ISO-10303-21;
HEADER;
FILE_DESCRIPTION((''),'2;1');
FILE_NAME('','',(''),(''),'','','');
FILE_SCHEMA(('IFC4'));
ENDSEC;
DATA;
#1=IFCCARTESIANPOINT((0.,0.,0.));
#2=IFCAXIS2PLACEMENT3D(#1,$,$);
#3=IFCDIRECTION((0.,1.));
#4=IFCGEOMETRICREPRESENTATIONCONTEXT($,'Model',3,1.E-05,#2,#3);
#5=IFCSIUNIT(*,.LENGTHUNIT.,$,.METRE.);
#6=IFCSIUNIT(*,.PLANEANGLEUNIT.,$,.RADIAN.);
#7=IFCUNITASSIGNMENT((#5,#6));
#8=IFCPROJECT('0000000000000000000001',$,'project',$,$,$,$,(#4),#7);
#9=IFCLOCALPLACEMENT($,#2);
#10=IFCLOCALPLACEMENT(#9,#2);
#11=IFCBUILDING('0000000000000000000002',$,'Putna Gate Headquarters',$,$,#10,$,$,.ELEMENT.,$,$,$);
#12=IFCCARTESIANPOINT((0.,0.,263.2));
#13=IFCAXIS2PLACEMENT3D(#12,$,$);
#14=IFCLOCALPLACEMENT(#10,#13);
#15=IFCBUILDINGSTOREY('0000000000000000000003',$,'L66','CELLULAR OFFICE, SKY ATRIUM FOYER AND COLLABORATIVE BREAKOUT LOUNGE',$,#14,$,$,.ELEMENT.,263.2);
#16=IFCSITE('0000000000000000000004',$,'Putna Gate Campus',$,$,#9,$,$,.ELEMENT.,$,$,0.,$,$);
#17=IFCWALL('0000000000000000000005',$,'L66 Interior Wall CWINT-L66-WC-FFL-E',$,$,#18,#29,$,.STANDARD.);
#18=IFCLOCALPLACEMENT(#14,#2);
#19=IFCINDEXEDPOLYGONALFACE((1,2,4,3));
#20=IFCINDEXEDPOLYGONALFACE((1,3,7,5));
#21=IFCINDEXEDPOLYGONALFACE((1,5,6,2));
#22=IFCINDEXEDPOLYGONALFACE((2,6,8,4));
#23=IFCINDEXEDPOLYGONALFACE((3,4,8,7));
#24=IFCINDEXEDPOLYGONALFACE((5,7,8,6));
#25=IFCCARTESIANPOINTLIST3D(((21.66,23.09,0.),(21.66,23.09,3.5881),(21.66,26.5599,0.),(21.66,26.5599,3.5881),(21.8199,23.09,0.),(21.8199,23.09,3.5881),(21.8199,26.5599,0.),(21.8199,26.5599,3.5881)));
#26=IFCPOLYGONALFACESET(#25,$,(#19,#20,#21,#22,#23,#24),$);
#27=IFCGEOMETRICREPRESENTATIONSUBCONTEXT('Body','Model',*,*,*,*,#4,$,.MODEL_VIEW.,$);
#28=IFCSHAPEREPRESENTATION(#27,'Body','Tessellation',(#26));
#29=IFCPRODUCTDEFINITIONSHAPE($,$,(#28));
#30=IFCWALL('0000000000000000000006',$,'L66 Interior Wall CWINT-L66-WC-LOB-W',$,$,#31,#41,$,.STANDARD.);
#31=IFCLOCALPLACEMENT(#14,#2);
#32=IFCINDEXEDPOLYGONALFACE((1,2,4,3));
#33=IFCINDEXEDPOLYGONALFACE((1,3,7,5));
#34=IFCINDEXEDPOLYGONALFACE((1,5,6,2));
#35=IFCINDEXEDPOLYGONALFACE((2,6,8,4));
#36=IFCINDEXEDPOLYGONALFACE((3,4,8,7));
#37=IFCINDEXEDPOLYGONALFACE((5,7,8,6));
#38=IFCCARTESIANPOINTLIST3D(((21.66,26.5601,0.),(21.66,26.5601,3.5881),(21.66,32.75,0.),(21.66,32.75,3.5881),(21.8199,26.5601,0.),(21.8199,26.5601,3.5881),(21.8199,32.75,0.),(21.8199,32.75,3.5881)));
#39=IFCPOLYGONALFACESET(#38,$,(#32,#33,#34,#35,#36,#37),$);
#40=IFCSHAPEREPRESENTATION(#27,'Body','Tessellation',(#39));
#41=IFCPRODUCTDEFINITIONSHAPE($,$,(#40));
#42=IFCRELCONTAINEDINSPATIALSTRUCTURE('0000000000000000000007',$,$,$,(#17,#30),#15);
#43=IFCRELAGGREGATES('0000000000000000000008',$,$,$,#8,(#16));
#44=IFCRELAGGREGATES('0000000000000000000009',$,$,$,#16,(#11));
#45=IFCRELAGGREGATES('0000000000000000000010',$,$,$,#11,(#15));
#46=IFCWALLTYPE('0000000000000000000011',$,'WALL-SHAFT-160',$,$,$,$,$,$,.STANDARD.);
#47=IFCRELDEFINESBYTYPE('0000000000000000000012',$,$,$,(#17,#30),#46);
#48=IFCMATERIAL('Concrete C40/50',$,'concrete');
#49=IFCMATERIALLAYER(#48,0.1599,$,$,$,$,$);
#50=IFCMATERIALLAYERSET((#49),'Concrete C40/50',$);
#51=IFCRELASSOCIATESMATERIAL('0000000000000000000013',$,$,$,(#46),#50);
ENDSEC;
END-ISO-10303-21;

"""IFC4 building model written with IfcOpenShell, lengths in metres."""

from ifc_helpers import new_model, si_unit, direction, frame, frame_2d, origin, place, context, subcontext, project, spatial, rectangle, extrude, material, layer, layer_set, type_object, element, save


model = new_model("IFC4")

# Units and contexts
model_context = context("Model", 3, precision=1e-05, world=origin(), true_north=direction((0.0, 1.0)))
body_context = subcontext(model_context, "Body", "Model", "MODEL_VIEW")
ifc_project = project(units=[si_unit("LENGTHUNIT", "METRE"), si_unit("PLANEANGLEUNIT", "RADIAN")], contexts=[model_context])

# Site, building, storey
site_placement = place(None, origin())
site = spatial("IfcSite", under=ifc_project, at=site_placement, Name="Putna Gate Campus", CompositionType="ELEMENT", RefElevation=0.0)
building_placement = place(site_placement, origin())
building = spatial("IfcBuilding", under=site, at=building_placement, Name="Putna Gate Headquarters", CompositionType="ELEMENT")
storey_placement = place(building_placement, frame((0.0, 0.0, 263.2)))
storey = spatial("IfcBuildingStorey", under=building, at=storey_placement, Name="L66", Description="CELLULAR OFFICE, SKY ATRIUM FOYER AND COLLABORATIVE BREAKOUT LOUNGE", CompositionType="ELEMENT", Elevation=263.2)

# Walls
ifc_material_1 = material(Name="Concrete C40/50", Category="concrete")
ifc_layer_1 = layer(ifc_material_1, 0.1599)
ifc_layer_set_1 = layer_set([ifc_layer_1], Name="Concrete C40/50")
wall_type_1 = type_object("IfcWallType", Name="WALL-SHAFT-160", PredefinedType="STANDARD", material=ifc_layer_set_1)
wall_1_placement = place(storey_placement, frame((21.74, 23.0901, 0.0), z_axis=(0.0, 0.0, 1.0), x_axis=(0.0, 1.0, 0.0)))
element("IfcWall", 1, at=wall_1_placement, inside=storey, type_object=wall_type_1, Name="L66 Interior Wall CWINT-L66-WC-FFL-E", PredefinedType="STANDARD", context=body_context, shape_type="SweptSolid", body=[
    extrude(rectangle(XDim=3.47, YDim=0.1599, at=frame_2d((1.7349, 0.0))), origin(), (0.0, 0.0, 1.0), 3.5881),
])
wall_2_placement = place(storey_placement, frame((21.74, 26.5601, 0.0), z_axis=(0.0, 0.0, 1.0), x_axis=(0.0, 1.0, 0.0)))
element("IfcWall", 2, at=wall_2_placement, inside=storey, type_object=wall_type_1, Name="L66 Interior Wall CWINT-L66-WC-LOB-W", PredefinedType="STANDARD", context=body_context, shape_type="SweptSolid", body=[
    extrude(rectangle(XDim=6.1899, YDim=0.1599, at=frame_2d((3.095, 0.0))), origin(), (0.0, 0.0, 1.0), 3.5881),
])

save(model, "model.ifc")
